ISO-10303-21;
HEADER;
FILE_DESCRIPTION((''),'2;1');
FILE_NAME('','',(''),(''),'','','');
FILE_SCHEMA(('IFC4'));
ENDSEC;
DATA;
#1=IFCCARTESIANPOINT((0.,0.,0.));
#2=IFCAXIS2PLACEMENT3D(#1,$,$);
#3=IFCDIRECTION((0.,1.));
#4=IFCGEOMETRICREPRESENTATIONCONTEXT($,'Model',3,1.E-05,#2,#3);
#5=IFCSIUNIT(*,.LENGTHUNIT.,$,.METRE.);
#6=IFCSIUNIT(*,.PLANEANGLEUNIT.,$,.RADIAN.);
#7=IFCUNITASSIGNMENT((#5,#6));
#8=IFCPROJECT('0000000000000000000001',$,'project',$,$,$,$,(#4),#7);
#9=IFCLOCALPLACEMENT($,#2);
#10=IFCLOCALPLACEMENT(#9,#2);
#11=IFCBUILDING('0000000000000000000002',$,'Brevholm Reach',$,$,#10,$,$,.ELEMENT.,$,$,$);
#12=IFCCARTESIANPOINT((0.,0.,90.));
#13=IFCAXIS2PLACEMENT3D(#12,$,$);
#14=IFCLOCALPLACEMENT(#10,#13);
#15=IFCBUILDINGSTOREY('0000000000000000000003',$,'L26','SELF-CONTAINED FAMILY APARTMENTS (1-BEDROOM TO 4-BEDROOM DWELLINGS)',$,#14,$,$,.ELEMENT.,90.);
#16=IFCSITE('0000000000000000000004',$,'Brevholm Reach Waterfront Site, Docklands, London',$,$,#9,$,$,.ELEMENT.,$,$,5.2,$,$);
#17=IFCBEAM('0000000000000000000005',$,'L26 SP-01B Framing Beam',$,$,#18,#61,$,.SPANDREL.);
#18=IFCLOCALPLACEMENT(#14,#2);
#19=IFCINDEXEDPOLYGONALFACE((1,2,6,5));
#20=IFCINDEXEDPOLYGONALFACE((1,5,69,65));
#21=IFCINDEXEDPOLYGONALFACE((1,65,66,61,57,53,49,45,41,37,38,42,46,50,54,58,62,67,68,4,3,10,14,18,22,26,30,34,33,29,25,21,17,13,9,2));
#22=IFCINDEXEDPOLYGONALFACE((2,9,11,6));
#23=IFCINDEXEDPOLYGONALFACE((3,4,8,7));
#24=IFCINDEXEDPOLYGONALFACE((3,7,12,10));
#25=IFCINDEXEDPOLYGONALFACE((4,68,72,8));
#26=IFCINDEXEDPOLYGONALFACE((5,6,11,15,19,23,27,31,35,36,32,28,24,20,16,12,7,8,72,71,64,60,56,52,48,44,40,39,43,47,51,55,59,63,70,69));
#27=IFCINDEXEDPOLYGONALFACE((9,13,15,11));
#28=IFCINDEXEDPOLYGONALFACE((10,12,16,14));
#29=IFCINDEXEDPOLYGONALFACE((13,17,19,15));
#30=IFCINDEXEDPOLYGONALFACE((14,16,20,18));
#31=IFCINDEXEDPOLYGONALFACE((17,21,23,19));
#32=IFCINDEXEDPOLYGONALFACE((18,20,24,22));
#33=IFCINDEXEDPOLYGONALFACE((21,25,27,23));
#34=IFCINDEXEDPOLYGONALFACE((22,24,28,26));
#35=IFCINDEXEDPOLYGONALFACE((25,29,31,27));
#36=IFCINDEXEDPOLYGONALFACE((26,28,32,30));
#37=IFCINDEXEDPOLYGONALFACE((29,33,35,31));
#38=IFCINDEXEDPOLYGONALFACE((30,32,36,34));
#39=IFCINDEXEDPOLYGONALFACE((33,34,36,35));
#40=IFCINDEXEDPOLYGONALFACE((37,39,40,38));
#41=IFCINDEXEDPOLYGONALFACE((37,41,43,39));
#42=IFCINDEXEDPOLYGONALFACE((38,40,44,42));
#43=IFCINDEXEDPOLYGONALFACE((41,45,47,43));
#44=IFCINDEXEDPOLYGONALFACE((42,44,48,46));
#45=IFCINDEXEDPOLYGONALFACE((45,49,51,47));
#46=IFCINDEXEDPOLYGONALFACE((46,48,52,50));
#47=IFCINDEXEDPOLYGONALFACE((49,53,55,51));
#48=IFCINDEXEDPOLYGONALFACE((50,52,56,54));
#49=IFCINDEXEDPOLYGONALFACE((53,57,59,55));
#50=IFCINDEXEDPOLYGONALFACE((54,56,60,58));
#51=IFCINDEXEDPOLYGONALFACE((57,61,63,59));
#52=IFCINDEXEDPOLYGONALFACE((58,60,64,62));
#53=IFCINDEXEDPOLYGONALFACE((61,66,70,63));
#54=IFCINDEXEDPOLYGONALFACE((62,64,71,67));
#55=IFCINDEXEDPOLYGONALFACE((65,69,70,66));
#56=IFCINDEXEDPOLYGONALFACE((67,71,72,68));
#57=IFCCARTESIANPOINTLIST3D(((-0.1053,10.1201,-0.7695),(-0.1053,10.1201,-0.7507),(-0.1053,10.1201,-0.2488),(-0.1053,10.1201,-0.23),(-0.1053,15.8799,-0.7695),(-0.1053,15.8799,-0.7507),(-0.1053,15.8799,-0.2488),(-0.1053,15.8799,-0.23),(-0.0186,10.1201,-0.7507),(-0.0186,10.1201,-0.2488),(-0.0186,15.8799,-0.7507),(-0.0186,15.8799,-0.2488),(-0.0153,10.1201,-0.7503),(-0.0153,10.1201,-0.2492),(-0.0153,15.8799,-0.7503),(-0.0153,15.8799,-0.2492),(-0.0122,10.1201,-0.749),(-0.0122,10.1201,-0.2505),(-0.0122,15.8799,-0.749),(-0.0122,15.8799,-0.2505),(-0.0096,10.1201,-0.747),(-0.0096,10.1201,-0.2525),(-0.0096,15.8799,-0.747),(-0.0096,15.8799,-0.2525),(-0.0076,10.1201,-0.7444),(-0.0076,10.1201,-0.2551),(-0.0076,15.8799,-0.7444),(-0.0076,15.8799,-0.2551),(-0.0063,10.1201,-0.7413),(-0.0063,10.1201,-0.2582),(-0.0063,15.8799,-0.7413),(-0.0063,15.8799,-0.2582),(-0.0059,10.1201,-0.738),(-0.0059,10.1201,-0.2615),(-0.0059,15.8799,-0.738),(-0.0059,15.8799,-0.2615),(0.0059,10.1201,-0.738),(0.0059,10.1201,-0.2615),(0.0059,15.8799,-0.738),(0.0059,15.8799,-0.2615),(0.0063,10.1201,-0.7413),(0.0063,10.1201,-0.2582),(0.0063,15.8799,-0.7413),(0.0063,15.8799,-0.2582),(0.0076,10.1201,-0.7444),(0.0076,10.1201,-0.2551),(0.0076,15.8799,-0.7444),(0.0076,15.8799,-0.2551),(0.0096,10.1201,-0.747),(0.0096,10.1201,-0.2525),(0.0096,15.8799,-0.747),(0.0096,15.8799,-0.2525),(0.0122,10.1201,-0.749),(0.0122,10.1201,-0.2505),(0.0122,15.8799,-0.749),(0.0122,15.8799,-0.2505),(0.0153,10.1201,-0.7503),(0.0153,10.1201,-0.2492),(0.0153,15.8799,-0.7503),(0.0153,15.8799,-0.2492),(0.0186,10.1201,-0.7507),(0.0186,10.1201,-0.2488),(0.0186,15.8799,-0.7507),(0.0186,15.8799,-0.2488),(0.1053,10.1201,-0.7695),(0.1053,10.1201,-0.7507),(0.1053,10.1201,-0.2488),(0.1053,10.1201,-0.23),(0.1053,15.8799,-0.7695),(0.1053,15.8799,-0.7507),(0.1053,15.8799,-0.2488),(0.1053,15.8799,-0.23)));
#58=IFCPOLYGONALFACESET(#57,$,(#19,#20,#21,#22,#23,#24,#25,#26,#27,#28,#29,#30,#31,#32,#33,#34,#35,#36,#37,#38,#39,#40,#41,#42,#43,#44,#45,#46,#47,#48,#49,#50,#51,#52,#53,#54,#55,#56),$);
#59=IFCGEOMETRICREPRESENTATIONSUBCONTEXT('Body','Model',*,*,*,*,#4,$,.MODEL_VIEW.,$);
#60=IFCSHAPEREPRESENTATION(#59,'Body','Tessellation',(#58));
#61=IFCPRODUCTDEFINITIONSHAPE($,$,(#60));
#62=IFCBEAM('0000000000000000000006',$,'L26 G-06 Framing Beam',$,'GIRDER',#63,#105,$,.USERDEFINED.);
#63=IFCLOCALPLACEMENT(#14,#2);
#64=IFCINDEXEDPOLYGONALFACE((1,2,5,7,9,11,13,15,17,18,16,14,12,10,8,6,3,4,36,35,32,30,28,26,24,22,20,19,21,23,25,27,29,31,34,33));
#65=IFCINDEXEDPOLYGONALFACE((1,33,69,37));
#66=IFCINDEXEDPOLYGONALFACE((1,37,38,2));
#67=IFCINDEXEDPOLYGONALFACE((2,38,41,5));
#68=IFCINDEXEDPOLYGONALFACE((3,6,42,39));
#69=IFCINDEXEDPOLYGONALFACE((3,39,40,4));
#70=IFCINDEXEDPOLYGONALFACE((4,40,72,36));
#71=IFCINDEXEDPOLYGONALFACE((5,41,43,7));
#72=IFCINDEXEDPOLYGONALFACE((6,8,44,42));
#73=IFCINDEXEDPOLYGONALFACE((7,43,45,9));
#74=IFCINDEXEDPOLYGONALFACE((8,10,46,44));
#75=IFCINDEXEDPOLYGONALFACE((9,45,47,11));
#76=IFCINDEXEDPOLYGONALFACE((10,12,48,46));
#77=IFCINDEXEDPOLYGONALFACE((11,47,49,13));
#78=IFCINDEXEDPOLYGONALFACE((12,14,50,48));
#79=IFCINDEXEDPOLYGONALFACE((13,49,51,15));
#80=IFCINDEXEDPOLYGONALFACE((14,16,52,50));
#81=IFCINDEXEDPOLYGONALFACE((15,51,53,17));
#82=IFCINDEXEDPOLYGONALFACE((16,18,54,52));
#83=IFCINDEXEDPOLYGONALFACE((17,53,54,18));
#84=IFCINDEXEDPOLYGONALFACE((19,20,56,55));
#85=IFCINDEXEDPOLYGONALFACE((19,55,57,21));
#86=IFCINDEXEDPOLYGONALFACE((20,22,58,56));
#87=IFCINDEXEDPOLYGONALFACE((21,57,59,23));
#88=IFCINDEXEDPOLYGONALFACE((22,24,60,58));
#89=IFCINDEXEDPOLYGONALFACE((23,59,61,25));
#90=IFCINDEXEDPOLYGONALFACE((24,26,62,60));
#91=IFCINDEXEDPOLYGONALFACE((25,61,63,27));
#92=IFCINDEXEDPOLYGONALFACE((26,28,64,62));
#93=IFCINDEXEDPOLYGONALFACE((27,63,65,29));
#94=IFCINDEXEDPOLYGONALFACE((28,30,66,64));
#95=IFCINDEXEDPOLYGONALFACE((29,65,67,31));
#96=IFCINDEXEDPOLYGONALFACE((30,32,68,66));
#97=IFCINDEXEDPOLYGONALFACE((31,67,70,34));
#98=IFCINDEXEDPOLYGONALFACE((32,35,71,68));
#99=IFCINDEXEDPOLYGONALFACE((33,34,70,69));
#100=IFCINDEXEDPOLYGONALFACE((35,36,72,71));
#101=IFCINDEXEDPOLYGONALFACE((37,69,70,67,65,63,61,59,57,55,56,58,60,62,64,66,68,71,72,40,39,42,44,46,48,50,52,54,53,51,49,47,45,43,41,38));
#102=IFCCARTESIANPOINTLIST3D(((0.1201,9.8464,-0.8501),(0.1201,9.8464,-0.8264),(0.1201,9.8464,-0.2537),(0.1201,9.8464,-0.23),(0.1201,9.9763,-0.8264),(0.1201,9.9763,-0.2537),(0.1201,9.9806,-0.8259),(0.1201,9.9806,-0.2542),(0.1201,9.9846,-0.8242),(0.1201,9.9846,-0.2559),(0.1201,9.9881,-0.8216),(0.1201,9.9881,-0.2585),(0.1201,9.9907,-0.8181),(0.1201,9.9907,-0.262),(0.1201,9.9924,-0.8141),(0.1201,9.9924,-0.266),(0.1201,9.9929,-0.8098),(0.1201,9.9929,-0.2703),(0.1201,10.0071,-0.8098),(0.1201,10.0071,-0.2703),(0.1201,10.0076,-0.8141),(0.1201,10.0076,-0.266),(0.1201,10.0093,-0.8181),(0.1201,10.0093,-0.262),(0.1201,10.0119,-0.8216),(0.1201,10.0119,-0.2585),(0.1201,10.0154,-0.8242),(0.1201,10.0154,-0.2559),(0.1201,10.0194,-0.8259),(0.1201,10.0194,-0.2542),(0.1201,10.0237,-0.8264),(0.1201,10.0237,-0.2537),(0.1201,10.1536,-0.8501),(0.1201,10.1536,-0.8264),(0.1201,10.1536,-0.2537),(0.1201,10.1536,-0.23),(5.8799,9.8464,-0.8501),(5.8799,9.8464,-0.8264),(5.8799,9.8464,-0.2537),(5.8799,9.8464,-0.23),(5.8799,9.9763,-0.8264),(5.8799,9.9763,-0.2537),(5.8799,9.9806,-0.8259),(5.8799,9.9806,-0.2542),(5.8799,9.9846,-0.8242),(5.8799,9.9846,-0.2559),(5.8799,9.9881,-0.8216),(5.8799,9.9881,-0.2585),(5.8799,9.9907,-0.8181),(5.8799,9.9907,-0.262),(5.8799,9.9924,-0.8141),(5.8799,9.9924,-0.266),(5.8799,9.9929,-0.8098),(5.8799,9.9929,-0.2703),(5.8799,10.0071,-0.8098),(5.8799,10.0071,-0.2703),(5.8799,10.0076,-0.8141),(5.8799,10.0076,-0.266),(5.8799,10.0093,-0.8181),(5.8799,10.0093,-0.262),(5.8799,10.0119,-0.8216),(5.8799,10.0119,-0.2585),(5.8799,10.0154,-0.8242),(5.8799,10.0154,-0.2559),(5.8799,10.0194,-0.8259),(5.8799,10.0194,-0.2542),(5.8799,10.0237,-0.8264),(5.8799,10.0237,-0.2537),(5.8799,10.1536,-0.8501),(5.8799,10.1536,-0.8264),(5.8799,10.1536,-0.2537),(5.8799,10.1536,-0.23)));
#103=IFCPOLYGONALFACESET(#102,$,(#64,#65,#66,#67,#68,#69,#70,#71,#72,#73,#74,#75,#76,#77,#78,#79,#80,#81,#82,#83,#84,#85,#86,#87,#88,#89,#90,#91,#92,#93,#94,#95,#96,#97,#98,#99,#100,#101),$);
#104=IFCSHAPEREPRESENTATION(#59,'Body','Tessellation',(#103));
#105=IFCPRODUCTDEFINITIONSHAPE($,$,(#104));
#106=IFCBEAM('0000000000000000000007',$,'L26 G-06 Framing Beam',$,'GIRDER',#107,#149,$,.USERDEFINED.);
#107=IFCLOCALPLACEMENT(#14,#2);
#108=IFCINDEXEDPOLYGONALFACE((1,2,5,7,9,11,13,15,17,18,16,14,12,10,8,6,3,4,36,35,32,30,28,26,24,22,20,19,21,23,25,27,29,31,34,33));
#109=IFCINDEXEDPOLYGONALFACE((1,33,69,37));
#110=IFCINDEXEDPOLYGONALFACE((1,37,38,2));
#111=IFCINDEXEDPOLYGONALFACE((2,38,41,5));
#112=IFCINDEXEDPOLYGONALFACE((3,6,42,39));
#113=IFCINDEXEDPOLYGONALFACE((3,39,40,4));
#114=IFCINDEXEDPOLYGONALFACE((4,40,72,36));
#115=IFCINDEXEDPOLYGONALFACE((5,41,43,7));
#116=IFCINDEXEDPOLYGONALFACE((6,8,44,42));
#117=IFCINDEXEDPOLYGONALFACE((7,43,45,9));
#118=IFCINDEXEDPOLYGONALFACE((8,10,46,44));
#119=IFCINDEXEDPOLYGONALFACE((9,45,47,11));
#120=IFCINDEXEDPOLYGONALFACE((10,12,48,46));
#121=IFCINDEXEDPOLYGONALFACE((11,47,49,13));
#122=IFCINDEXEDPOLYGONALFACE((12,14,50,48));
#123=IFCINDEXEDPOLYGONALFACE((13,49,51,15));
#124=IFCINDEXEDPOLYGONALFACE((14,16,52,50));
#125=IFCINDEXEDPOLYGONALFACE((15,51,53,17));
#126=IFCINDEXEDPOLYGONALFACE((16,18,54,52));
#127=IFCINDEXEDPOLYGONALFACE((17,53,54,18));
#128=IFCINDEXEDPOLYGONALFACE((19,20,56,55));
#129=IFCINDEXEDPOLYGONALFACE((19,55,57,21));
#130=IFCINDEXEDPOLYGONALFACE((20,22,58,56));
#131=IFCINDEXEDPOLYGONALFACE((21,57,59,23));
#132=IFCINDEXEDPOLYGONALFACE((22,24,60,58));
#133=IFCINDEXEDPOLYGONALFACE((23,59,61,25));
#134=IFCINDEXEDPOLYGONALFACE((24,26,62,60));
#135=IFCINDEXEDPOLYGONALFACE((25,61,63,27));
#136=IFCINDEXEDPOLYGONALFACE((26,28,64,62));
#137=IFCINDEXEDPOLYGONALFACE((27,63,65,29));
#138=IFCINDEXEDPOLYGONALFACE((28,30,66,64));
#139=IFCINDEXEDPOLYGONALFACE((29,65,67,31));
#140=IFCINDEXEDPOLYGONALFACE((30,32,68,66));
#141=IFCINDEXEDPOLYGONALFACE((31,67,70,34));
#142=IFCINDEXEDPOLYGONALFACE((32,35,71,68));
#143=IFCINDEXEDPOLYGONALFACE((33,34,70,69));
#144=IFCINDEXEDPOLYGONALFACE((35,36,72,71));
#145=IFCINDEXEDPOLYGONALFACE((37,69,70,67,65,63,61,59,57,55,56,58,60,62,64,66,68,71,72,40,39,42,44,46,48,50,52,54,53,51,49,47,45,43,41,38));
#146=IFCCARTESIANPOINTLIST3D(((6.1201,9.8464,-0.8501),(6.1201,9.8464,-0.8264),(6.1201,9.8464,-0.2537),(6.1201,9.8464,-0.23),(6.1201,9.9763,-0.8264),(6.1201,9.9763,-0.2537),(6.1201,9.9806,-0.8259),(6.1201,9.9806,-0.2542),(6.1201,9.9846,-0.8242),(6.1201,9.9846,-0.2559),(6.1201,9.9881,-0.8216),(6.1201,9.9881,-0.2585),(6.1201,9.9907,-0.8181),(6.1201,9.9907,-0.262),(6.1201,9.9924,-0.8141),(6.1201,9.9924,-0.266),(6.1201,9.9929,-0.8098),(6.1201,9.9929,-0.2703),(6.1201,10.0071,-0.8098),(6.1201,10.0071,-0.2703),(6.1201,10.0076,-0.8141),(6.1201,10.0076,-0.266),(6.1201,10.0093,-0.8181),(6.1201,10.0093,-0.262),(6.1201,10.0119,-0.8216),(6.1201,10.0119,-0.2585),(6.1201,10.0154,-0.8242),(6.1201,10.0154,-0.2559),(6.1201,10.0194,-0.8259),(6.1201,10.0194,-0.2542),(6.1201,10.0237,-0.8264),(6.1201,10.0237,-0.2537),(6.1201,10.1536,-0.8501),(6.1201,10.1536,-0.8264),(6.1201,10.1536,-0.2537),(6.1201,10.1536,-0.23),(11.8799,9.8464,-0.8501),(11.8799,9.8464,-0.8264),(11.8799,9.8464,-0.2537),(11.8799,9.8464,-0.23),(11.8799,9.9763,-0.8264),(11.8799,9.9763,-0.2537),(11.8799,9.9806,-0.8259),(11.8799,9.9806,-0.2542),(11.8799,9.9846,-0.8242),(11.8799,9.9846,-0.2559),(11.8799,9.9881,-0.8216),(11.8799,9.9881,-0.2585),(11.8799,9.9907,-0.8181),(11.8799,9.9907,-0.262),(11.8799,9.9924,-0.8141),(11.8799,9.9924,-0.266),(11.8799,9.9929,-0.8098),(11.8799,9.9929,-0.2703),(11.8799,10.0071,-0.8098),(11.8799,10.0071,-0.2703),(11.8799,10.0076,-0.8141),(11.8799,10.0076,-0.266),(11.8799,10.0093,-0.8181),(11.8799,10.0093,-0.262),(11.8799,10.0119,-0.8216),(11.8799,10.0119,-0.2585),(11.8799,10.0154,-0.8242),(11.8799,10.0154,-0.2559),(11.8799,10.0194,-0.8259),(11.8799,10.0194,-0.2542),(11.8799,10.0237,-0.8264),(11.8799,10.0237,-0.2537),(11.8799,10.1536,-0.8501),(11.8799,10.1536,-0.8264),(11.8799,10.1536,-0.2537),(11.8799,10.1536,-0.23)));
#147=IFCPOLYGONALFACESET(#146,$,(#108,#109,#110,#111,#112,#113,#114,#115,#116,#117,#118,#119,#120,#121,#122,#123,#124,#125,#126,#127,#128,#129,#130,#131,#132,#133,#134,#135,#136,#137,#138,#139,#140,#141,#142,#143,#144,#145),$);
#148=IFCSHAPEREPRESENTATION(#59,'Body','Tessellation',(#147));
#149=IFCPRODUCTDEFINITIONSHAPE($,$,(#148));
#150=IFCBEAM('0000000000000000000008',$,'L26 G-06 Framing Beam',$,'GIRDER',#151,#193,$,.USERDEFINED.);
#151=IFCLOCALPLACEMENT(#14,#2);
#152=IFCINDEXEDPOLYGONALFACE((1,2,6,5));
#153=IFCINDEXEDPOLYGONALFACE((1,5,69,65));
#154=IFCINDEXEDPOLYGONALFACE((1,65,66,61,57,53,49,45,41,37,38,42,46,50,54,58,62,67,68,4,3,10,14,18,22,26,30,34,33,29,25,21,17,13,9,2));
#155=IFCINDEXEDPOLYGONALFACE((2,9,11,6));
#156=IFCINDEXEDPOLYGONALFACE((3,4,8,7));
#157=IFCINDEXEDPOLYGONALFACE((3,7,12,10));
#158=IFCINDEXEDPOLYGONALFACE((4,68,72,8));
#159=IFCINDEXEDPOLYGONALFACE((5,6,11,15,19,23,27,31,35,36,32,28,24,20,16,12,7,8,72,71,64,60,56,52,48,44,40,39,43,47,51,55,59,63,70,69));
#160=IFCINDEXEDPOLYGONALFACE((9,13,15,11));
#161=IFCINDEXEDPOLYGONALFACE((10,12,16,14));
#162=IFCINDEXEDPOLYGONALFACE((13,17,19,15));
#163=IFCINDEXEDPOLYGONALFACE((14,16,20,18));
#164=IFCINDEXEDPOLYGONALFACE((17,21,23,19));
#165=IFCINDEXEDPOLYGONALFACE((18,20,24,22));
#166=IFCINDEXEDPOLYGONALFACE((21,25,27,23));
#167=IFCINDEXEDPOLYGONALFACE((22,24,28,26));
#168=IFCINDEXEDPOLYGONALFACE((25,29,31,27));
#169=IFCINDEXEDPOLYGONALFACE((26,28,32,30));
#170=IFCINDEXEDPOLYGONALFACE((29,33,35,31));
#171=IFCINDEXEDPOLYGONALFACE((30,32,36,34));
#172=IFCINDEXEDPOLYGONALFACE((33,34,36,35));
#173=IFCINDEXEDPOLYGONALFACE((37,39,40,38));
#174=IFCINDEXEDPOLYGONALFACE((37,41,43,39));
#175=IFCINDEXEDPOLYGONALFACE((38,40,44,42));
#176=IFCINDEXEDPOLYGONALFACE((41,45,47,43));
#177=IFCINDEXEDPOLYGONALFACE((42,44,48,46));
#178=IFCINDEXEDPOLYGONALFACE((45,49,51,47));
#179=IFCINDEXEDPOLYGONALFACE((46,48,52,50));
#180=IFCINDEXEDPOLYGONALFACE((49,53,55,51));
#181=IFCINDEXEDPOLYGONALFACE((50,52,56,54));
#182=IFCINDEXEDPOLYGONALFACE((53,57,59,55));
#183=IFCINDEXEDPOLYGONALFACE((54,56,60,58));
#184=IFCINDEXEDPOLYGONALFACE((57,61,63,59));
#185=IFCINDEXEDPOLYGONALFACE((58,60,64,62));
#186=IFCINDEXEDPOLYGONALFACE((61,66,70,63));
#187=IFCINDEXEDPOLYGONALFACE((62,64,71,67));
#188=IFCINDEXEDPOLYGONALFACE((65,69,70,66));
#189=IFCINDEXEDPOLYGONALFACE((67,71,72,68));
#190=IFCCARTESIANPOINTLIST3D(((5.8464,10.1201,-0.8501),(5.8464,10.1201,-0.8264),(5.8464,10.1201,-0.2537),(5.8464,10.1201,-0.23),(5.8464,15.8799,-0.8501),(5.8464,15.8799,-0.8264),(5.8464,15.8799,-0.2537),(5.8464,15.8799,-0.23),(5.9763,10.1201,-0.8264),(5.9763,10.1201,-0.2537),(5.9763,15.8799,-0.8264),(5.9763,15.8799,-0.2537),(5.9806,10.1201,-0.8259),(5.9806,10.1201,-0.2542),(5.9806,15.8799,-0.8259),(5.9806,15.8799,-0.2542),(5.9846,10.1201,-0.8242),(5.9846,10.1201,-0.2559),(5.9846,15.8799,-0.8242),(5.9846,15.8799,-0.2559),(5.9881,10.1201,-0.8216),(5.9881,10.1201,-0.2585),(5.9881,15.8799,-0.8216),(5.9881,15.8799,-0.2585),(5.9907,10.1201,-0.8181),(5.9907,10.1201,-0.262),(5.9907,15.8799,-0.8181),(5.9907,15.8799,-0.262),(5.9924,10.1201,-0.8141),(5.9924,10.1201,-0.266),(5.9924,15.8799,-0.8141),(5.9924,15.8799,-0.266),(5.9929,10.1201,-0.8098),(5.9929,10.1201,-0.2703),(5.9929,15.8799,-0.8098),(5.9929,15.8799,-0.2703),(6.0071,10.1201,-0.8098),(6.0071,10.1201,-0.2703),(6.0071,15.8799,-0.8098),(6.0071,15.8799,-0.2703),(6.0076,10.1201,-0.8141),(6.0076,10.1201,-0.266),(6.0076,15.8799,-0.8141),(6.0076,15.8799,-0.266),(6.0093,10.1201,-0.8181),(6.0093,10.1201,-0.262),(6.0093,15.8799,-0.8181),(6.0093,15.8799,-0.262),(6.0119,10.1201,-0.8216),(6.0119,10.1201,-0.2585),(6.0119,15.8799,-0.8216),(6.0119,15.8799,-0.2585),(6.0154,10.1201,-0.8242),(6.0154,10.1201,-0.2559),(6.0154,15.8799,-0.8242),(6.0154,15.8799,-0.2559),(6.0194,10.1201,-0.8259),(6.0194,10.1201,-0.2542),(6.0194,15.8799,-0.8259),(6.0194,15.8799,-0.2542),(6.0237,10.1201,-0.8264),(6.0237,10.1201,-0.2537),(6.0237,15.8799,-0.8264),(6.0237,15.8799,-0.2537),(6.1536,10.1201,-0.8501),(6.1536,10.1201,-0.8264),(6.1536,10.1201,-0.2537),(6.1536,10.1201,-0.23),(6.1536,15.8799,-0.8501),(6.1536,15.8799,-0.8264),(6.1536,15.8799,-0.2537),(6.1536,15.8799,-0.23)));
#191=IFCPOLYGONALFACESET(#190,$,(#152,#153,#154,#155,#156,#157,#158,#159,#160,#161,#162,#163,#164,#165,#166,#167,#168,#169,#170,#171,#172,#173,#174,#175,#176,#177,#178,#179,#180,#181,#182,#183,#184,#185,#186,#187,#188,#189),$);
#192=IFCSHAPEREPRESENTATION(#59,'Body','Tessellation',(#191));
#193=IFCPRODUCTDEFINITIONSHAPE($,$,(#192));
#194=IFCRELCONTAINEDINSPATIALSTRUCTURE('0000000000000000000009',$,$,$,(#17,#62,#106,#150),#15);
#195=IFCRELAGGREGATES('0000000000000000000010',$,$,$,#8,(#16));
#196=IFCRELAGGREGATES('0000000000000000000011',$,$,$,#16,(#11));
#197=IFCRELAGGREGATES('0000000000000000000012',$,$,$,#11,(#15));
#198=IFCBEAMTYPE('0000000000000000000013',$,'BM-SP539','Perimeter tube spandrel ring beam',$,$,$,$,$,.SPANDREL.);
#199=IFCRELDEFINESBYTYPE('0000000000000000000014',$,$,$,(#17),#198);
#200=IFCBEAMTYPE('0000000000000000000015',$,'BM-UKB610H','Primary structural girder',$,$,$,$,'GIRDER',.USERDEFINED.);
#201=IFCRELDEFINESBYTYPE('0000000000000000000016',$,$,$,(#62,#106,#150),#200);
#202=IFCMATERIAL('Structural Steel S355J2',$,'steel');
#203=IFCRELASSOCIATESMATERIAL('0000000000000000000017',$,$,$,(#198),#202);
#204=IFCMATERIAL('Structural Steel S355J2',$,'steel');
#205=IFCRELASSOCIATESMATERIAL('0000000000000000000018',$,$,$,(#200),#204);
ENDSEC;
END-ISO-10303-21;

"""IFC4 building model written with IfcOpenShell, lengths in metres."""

from ifc_helpers import new_model, si_unit, direction, frame, origin, origin_2d, place, context, subcontext, project, spatial, i_section, extrude, material, material_profile, profile_set, type_object, element, save


model = new_model("IFC4")

# Units and contexts
model_context = context("Model", 3, precision=1e-05, world=origin(), true_north=direction((0.0, 1.0)))
body_context = subcontext(model_context, "Body", "Model", "MODEL_VIEW")
ifc_project = project(units=[si_unit("LENGTHUNIT", "METRE"), si_unit("PLANEANGLEUNIT", "RADIAN")], contexts=[model_context])

# Site, building, storey
site_placement = place(None, origin())
site = spatial("IfcSite", under=ifc_project, at=site_placement, Name="Brevholm Reach Waterfront Site, Docklands, London", CompositionType="ELEMENT", RefElevation=5.2)
building_placement = place(site_placement, origin())
building = spatial("IfcBuilding", under=site, at=building_placement, Name="Brevholm Reach", CompositionType="ELEMENT")
storey_placement = place(building_placement, frame((0.0, 0.0, 90.0)))
storey = spatial("IfcBuildingStorey", under=building, at=storey_placement, Name="L26", Description="SELF-CONTAINED FAMILY APARTMENTS (1-BEDROOM TO 4-BEDROOM DWELLINGS)", CompositionType="ELEMENT", Elevation=90.0)

# Beams
ifc_material_1 = material(Name="Structural Steel S355J2", Category="steel")
ifc_material_profile_1 = material_profile(ifc_material_1, i_section(OverallWidth=0.2107, OverallDepth=0.5396, WebThickness=0.0117, FlangeThickness=0.0188, FilletRadius=0.0127, at=origin_2d()), Name="UKB 533x210x109")
ifc_profile_set_1 = profile_set([ifc_material_profile_1], Name="Structural Steel S355J2")
beam_type_1 = type_object("IfcBeamType", Name="BM-SP539", Description="Perimeter tube spandrel ring beam", PredefinedType="SPANDREL", material=ifc_profile_set_1)
beam_placement = place(storey_placement, frame((0.0, 10.1201, -0.4998), z_axis=(0.0, 1.0, 0.0), x_axis=(-1.0, 0.0, 0.0)))
element("IfcBeam", 1, at=beam_placement, inside=storey, type_object=beam_type_1, Name="L26 SP-01B Framing Beam", PredefinedType="SPANDREL", context=body_context, shape_type="SweptSolid", body=[
    extrude(i_section(OverallWidth=0.2107, OverallDepth=0.5396, WebThickness=0.0117, FlangeThickness=0.0188, FilletRadius=0.0127, at=origin_2d()), origin(), (0.0, 0.0, 1.0), 5.7598),
])
ifc_material_2 = material(Name="Structural Steel S355J2", Category="steel")
ifc_material_profile_2 = material_profile(ifc_material_2, i_section(OverallWidth=0.3071, OverallDepth=0.6201, WebThickness=0.0142, FlangeThickness=0.0237, FilletRadius=0.0166, at=origin_2d()), Name="UKB 610x305x179")
ifc_profile_set_2 = profile_set([ifc_material_profile_2], Name="Structural Steel S355J2")
beam_type_2 = type_object("IfcBeamType", Name="BM-UKB610H", Description="Primary structural girder", ElementType="GIRDER", PredefinedType="USERDEFINED", material=ifc_profile_set_2)
for number, where, z_axis, x_axis, name in (
    (2, (0.1201, 10.0, -0.54), (1.0, 0.0, 0.0), (0.0, 1.0, 0.0), "L26 G-06 Framing Beam"),
    (3, (6.1201, 10.0, -0.54), (1.0, 0.0, 0.0), (0.0, 1.0, 0.0), "L26 G-06 Framing Beam"),
    (4, (6.0, 10.1201, -0.54), (0.0, 1.0, 0.0), (-1.0, 0.0, 0.0), "L26 G-06 Framing Beam"),
):
    element("IfcBeam", number, at=place(storey_placement, frame(where, z_axis=z_axis, x_axis=x_axis)), inside=storey, type_object=beam_type_2, Name=name, ObjectType="GIRDER", PredefinedType="USERDEFINED", context=body_context, shape_type="SweptSolid", body=[
        extrude(i_section(OverallWidth=0.3071, OverallDepth=0.6201, WebThickness=0.0142, FlangeThickness=0.0237, FilletRadius=0.0166, at=origin_2d()), origin(), (0.0, 0.0, 1.0), 5.7598),
    ])

save(model, "model.ifc")
